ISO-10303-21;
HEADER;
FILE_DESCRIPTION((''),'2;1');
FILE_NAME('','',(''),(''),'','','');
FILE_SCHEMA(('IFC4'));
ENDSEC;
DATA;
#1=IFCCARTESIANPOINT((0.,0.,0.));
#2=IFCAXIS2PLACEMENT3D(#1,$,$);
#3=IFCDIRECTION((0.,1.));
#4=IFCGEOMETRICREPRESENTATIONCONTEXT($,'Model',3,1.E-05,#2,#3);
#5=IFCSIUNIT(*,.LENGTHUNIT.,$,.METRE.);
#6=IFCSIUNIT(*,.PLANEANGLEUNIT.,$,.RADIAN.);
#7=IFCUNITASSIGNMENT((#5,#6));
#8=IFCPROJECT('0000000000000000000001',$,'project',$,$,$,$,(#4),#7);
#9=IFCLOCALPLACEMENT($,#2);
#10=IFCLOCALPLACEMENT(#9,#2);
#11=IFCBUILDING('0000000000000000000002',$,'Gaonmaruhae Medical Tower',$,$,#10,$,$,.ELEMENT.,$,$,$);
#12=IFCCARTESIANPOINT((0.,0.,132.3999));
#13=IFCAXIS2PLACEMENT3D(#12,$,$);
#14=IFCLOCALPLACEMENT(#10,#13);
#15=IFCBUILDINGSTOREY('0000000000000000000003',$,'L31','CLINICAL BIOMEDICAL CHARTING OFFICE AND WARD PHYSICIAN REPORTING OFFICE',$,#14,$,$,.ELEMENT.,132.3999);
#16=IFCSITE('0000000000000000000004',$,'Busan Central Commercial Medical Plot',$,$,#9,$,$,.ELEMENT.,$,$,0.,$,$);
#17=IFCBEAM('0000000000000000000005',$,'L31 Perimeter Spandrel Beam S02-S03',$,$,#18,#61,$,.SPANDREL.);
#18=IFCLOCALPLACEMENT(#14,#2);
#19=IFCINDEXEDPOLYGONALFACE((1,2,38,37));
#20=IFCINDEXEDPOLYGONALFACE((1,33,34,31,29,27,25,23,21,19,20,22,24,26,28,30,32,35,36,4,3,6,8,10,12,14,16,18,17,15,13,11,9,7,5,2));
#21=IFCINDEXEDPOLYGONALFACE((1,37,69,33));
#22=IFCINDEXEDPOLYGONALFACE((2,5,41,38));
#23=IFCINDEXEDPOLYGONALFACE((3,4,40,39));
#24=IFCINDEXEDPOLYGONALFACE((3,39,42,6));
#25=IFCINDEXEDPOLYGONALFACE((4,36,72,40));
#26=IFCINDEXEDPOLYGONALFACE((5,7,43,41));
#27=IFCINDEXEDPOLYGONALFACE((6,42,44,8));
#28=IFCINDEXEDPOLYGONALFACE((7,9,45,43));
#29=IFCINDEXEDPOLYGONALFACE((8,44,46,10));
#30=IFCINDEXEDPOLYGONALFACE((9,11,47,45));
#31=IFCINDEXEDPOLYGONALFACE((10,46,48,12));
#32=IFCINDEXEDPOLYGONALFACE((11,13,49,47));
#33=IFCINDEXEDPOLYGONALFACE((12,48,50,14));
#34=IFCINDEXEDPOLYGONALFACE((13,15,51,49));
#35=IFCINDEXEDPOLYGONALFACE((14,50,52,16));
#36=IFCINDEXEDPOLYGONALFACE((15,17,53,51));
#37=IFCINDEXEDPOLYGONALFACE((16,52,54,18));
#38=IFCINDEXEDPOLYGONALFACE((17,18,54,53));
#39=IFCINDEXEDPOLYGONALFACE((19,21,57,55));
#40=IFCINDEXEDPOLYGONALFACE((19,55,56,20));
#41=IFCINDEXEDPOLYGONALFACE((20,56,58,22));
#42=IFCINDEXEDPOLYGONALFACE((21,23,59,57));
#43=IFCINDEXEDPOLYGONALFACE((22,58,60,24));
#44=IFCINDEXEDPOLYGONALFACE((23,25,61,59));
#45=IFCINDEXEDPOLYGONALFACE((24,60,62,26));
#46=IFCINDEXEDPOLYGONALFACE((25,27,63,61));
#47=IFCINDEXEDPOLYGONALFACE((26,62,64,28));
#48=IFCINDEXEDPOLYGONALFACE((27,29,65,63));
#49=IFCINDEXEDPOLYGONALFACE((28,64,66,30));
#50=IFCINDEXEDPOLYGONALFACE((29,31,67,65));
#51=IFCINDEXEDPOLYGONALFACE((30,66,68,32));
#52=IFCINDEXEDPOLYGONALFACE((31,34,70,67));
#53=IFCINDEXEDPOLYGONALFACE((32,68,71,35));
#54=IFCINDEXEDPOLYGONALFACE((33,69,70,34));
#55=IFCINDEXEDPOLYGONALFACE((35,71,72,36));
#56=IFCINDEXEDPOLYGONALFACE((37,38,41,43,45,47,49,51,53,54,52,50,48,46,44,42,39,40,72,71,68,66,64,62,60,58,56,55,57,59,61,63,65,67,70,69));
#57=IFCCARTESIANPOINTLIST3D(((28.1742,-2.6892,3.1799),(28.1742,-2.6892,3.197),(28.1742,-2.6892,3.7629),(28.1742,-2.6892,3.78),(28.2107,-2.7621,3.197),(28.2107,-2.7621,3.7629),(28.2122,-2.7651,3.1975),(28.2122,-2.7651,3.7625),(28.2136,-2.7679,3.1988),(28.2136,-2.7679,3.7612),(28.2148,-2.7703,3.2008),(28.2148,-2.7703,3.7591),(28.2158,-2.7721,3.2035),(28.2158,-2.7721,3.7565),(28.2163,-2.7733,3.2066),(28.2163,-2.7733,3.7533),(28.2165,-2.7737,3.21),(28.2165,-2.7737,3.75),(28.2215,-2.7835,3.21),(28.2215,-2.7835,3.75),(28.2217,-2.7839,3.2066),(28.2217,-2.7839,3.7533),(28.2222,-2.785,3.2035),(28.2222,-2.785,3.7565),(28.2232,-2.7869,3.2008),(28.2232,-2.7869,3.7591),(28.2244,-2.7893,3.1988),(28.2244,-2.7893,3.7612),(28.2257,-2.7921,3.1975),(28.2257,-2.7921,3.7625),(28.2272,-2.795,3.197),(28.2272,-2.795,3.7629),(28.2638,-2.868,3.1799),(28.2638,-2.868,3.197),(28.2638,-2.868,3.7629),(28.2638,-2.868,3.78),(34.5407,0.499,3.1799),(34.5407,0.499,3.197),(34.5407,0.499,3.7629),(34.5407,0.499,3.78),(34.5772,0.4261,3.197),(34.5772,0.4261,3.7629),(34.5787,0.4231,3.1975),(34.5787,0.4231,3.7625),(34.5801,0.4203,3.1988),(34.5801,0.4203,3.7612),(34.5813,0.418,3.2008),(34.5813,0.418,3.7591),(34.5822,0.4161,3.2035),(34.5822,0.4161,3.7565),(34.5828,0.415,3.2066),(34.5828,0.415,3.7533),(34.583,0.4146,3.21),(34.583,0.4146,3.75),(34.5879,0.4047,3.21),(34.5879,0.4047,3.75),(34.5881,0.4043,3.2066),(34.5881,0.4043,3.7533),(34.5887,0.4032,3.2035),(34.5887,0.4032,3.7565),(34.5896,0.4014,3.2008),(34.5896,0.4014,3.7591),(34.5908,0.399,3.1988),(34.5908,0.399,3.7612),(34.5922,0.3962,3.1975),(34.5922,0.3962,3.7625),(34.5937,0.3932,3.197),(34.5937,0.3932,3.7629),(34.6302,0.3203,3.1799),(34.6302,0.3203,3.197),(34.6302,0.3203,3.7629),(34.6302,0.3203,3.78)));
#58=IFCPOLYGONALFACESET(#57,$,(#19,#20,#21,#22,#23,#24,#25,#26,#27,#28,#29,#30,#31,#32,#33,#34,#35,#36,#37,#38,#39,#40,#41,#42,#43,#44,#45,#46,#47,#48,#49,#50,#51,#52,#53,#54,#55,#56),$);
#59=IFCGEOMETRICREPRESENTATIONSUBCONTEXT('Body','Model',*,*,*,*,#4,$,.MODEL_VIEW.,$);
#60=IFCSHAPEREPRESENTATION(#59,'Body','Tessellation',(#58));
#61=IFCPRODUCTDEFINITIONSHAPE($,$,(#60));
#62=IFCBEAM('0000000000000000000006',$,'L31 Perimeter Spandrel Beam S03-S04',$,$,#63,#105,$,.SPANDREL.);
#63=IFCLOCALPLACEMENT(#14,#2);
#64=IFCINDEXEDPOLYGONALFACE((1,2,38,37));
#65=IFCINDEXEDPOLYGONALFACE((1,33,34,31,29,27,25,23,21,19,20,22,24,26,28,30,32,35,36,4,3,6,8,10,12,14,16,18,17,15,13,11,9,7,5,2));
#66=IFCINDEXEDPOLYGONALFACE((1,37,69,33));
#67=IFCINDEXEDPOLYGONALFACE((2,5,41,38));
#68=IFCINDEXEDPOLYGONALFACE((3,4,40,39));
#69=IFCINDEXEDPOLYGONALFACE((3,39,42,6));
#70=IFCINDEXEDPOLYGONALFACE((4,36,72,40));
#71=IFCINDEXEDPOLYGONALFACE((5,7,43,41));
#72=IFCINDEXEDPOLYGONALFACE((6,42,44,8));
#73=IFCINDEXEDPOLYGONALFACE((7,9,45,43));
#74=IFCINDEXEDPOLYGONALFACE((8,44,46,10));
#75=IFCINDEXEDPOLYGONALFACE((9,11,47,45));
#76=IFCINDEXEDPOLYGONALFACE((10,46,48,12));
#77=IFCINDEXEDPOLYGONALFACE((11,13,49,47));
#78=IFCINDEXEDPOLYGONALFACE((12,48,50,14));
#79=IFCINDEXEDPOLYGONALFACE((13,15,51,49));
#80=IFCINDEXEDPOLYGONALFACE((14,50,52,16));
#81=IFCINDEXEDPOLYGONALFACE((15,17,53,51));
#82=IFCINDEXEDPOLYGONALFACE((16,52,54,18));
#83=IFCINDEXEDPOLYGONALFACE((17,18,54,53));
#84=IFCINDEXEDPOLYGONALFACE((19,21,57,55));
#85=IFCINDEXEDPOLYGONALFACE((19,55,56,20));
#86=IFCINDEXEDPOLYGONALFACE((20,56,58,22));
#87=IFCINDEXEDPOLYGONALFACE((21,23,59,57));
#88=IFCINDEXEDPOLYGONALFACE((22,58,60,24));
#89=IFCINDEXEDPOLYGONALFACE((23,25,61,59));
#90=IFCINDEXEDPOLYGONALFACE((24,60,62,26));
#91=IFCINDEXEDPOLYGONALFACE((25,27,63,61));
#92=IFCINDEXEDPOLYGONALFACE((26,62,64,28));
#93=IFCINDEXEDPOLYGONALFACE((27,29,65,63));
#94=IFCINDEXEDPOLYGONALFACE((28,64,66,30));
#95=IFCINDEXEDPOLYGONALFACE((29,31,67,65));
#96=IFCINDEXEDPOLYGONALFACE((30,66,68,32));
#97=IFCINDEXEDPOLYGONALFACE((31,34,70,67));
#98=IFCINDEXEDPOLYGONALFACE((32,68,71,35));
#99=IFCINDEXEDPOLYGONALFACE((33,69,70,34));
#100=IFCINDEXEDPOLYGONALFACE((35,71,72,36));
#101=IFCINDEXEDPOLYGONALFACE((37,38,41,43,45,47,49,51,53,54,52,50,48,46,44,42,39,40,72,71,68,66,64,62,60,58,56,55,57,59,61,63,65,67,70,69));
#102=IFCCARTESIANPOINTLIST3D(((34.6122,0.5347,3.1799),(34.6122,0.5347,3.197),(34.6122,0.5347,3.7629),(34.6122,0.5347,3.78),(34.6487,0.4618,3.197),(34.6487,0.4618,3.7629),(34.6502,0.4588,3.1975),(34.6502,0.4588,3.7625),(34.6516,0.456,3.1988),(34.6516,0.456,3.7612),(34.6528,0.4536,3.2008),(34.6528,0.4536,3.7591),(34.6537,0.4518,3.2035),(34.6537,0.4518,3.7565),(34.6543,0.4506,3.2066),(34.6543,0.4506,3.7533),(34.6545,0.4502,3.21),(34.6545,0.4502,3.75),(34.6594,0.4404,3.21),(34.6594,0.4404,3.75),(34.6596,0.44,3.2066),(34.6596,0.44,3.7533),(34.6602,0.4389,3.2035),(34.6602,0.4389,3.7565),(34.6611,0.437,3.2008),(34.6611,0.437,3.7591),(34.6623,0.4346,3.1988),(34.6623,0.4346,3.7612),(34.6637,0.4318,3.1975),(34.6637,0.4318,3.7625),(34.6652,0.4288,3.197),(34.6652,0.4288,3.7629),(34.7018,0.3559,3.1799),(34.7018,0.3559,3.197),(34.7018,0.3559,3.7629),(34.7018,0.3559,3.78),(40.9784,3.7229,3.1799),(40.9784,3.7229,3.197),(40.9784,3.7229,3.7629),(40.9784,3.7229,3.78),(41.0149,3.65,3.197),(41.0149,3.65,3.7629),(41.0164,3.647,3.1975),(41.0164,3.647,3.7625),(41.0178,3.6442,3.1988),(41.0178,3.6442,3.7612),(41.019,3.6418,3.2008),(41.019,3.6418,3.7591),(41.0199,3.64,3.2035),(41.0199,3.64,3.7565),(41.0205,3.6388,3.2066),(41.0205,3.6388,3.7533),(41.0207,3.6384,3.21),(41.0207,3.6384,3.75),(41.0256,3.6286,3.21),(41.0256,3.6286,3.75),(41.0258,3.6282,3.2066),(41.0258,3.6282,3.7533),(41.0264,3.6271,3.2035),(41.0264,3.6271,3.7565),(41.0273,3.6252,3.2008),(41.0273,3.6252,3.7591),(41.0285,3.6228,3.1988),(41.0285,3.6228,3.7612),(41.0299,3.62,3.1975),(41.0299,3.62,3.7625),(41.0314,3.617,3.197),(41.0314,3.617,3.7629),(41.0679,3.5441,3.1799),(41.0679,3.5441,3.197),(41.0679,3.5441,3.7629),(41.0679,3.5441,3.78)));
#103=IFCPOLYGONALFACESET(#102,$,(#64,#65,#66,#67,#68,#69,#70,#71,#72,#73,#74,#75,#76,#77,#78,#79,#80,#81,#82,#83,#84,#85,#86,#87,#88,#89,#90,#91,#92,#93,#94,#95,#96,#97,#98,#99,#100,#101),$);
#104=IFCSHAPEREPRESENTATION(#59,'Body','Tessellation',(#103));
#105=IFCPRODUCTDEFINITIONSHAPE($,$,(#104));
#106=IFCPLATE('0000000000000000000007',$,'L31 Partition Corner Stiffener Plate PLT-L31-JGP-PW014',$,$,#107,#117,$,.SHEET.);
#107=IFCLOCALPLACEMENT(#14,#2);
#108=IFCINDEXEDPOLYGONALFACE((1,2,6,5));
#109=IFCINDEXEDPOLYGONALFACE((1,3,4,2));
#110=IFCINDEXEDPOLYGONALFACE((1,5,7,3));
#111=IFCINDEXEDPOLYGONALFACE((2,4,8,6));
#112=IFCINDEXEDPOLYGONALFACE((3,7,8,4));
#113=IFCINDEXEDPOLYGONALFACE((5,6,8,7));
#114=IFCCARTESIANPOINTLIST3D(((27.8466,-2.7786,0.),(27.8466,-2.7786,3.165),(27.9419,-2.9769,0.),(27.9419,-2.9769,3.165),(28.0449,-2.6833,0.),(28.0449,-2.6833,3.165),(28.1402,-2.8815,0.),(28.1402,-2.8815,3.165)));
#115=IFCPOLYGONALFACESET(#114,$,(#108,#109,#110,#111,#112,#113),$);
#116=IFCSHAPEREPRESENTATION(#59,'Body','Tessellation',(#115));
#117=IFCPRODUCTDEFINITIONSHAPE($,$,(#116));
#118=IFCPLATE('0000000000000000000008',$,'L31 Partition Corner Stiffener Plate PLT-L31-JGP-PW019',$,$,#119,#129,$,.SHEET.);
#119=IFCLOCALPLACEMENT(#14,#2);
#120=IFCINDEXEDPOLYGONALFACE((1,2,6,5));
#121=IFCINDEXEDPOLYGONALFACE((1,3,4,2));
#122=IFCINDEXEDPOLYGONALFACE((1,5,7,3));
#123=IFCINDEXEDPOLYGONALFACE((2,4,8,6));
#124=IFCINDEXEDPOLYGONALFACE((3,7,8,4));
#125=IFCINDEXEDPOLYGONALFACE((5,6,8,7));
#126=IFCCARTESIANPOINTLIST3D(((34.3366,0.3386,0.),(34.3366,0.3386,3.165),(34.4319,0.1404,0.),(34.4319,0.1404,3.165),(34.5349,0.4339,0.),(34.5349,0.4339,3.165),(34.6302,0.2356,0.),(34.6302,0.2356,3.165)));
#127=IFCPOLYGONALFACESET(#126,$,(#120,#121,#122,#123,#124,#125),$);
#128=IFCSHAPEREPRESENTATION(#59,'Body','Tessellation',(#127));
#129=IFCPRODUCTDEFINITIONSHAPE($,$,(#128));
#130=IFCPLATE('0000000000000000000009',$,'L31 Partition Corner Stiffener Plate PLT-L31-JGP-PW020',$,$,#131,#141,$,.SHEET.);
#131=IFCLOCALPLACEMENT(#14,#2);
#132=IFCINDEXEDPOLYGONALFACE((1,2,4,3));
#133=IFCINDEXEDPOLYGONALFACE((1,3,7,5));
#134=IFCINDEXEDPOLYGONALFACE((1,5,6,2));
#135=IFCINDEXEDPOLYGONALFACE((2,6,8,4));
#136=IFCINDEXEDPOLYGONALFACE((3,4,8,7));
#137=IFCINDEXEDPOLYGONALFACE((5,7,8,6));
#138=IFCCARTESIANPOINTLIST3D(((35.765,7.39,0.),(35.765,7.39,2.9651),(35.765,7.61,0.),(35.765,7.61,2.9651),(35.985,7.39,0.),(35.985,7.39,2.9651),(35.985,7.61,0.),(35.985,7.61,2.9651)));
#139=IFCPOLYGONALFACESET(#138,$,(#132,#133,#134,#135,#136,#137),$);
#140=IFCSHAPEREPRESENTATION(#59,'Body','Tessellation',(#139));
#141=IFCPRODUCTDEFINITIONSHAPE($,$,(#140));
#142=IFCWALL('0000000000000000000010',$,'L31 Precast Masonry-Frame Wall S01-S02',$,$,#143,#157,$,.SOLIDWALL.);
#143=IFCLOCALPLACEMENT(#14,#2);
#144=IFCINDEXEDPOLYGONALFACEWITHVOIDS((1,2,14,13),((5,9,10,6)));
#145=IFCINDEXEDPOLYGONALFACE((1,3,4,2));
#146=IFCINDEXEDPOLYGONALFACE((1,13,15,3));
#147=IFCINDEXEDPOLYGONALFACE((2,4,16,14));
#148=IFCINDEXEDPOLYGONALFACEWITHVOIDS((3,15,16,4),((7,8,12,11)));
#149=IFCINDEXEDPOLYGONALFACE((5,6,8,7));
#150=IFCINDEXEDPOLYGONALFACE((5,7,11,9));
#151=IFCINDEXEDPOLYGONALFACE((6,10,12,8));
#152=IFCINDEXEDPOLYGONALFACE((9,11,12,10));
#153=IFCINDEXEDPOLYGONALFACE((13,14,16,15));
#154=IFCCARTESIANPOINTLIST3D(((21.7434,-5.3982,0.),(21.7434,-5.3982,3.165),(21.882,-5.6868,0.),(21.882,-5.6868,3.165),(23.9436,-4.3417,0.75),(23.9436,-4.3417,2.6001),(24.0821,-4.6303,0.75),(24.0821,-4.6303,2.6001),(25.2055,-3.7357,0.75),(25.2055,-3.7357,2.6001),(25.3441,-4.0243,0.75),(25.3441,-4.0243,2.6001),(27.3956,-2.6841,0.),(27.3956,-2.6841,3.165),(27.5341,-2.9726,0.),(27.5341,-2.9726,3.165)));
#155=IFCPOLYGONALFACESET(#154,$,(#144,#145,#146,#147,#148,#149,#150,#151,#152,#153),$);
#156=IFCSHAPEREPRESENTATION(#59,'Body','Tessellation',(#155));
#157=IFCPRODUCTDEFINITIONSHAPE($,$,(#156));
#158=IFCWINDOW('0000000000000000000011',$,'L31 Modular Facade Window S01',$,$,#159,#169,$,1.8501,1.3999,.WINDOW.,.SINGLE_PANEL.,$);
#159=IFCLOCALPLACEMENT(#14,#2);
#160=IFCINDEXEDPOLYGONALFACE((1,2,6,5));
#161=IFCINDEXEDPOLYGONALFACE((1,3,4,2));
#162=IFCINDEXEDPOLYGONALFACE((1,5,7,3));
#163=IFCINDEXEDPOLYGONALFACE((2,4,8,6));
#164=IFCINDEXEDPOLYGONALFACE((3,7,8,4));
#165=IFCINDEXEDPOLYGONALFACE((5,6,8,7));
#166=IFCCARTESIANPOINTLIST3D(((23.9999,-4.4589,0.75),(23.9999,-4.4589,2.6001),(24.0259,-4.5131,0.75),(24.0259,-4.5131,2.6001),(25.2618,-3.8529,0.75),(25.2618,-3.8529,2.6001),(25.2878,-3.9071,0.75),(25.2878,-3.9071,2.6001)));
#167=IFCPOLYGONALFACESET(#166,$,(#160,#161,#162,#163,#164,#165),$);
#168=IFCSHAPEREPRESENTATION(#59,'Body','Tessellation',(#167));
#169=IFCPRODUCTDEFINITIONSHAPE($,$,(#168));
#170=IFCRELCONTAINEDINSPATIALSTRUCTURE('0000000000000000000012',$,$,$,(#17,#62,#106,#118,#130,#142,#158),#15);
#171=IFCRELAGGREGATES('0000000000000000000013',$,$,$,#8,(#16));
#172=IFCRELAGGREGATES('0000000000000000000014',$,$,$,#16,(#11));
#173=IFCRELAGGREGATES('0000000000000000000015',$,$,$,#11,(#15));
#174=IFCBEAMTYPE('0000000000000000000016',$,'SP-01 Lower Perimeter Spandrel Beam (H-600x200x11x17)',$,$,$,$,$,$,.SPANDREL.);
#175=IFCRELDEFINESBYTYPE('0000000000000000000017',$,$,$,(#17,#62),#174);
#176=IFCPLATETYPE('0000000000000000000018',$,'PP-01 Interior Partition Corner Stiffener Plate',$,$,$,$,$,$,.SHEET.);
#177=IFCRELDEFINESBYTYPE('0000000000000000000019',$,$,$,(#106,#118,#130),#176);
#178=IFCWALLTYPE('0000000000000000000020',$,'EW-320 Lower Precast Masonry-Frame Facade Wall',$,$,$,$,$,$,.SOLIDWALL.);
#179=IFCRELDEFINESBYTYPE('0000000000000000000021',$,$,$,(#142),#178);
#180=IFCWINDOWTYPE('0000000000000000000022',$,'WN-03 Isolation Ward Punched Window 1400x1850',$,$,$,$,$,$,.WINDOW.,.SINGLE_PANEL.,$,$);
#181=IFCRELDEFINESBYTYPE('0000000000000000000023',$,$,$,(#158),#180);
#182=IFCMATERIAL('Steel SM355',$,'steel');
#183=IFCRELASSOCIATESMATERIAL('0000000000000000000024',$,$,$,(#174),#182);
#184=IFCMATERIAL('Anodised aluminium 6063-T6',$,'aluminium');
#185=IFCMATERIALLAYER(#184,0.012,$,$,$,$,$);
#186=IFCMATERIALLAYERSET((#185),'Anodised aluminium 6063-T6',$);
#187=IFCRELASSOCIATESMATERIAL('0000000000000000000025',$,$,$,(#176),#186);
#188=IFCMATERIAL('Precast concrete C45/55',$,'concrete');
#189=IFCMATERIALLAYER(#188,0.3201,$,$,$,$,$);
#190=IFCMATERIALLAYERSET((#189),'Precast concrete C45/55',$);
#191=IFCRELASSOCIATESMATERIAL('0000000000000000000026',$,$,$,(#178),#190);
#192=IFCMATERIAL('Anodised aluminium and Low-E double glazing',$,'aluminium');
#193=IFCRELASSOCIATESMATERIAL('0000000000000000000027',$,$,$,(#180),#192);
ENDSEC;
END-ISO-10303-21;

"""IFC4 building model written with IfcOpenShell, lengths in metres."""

from ifc_helpers import new_model, si_unit, direction, frame, frame_2d, origin, origin_2d, place, context, subcontext, project, spatial, rectangle, i_section, extrude, material, layer, layer_set, material_profile, profile_set, type_object, element, fill, save


model = new_model("IFC4")

# Units and contexts
model_context = context("Model", 3, precision=1e-05, world=origin(), true_north=direction((0.0, 1.0)))
body_context = subcontext(model_context, "Body", "Model", "MODEL_VIEW")
ifc_project = project(units=[si_unit("LENGTHUNIT", "METRE"), si_unit("PLANEANGLEUNIT", "RADIAN")], contexts=[model_context])

# Site, building, storey
site_placement = place(None, origin())
site = spatial("IfcSite", under=ifc_project, at=site_placement, Name="Busan Central Commercial Medical Plot", CompositionType="ELEMENT", RefElevation=0.0)
building_placement = place(site_placement, origin())
building = spatial("IfcBuilding", under=site, at=building_placement, Name="Gaonmaruhae Medical Tower", CompositionType="ELEMENT")
storey_placement = place(building_placement, frame((0.0, 0.0, 132.3999)))
storey = spatial("IfcBuildingStorey", under=building, at=storey_placement, Name="L31", Description="CLINICAL BIOMEDICAL CHARTING OFFICE AND WARD PHYSICIAN REPORTING OFFICE", CompositionType="ELEMENT", Elevation=132.3999)

# Beams
ifc_material_1 = material(Name="Steel SM355", Category="steel")
ifc_material_profile_1 = material_profile(ifc_material_1, i_section(OverallWidth=0.2, OverallDepth=0.6001, WebThickness=0.011, FlangeThickness=0.0171, FilletRadius=0.0129, at=origin_2d()), Name="H-600x200x11x17")
ifc_profile_set_1 = profile_set([ifc_material_profile_1], Name="Steel SM355")
beam_type_1 = type_object("IfcBeamType", Name="SP-01 Lower Perimeter Spandrel Beam (H-600x200x11x17)", PredefinedType="SPANDREL", material=ifc_profile_set_1)
beam_1_placement = place(storey_placement, frame((28.219, -2.7786, 3.48), z_axis=(0.894146, 0.447776, 0.0), x_axis=(-0.447776, 0.894146, 0.0)))
element("IfcBeam", 1, at=beam_1_placement, inside=storey, type_object=beam_type_1, Name="L31 Perimeter Spandrel Beam S02-S03", PredefinedType="SPANDREL", context=body_context, shape_type="SweptSolid", body=[
    extrude(i_section(OverallWidth=0.2, OverallDepth=0.6001, WebThickness=0.011, FlangeThickness=0.0171, FilletRadius=0.0129, at=origin_2d()), origin(), (0.0, 0.0, 1.0), 7.1201),
])
beam_2_placement = place(storey_placement, frame((34.657, 0.4453, 3.48), z_axis=(0.894139, 0.44779, 0.0), x_axis=(-0.44779, 0.894139, 0.0)))
element("IfcBeam", 2, at=beam_2_placement, inside=storey, type_object=beam_type_1, Name="L31 Perimeter Spandrel Beam S03-S04", PredefinedType="SPANDREL", context=body_context, shape_type="SweptSolid", body=[
    extrude(i_section(OverallWidth=0.2, OverallDepth=0.6001, WebThickness=0.011, FlangeThickness=0.0171, FilletRadius=0.0129, at=origin_2d()), origin(), (0.0, 0.0, 1.0), 7.1199),
])

# Plates
ifc_material_2 = material(Name="Anodised aluminium 6063-T6", Category="aluminium")
ifc_layer_1 = layer(ifc_material_2, 0.012)
ifc_layer_set_1 = layer_set([ifc_layer_1], Name="Anodised aluminium 6063-T6")
plate_type = type_object("IfcPlateType", Name="PP-01 Interior Partition Corner Stiffener Plate", PredefinedType="SHEET", material=ifc_layer_set_1)
for number, where, z_axis, x_axis, name in (
    (3, (27.9934, -2.8301, 0.0), (0.0, 0.0, 1.0), (-0.901259, -0.433282, 0.0), "L31 Partition Corner Stiffener Plate PLT-L31-JGP-PW014"),
    (4, (34.4834, 0.2871, 0.0), (0.0, 0.0, 1.0), (-0.901463, -0.432857, 0.0), "L31 Partition Corner Stiffener Plate PLT-L31-JGP-PW019"),
):
    element("IfcPlate", number, at=place(storey_placement, frame(where, z_axis=z_axis, x_axis=x_axis)), inside=storey, type_object=plate_type, Name=name, PredefinedType="SHEET", context=body_context, shape_type="SweptSolid", body=[
        extrude(rectangle(XDim=0.22, YDim=0.22, at=origin_2d()), origin(), (0.0, 0.0, 1.0), 3.165),
    ])
plate_placement = place(storey_placement, frame((35.875, 7.5, 0.0), z_axis=(0.0, 0.0, 1.0), x_axis=(1.0, 0.0, 0.0)))
element("IfcPlate", 5, at=plate_placement, inside=storey, type_object=plate_type, Name="L31 Partition Corner Stiffener Plate PLT-L31-JGP-PW020", PredefinedType="SHEET", context=body_context, shape_type="SweptSolid", body=[
    extrude(rectangle(XDim=0.22, YDim=0.22, at=origin_2d()), origin(), (0.0, 0.0, 1.0), 2.9651),
])

# Wall, opening, window
ifc_material_3 = material(Name="Precast concrete C45/55", Category="concrete")
ifc_layer_2 = layer(ifc_material_3, 0.3201)
ifc_layer_set_2 = layer_set([ifc_layer_2], Name="Precast concrete C45/55")
wall_type_1 = type_object("IfcWallType", Name="EW-320 Lower Precast Masonry-Frame Facade Wall", PredefinedType="SOLIDWALL", material=ifc_layer_set_2)
wall_1_placement = place(storey_placement, frame((27.4648, -2.8284, 0.0), z_axis=(0.0, 0.0, 1.0), x_axis=(-0.901454, -0.432874, 0.0)))
wall_1 = element("IfcWall", 6, at=wall_1_placement, inside=storey, type_object=wall_type_1, Name="L31 Precast Masonry-Frame Wall S01-S02", PredefinedType="SOLIDWALL", context=body_context, shape_type="SweptSolid", body=[
    extrude(rectangle(XDim=6.27, YDim=0.3201, at=frame_2d((3.135, 0.0))), origin(), (0.0, 0.0, 1.0), 3.165),
])
opening_1_placement = place(wall_1_placement, frame((2.4294, 0.0, 0.75)))
opening_1 = element("IfcOpeningElement", 7, at=opening_1_placement, cuts=wall_1, PredefinedType="OPENING", context=body_context, shape_type="SweptSolid", body=[
    extrude(rectangle(XDim=1.3999, YDim=1.8501, at=frame_2d((0.7, 0.925))), frame((0.0, 0.1699, 0.0), z_axis=(0.0, -1.0, 0.0), x_axis=(1.0, 0.0, 0.0)), (0.0, 0.0, 1.0), 0.3401),
])
ifc_material_4 = material(Name="Anodised aluminium and Low-E double glazing", Category="aluminium")
window_type_1 = type_object("IfcWindowType", Name="WN-03 Isolation Ward Punched Window 1400x1850", PartitioningType="SINGLE_PANEL", PredefinedType="WINDOW", material=ifc_material_4)
window_1_placement = place(opening_1_placement, origin())
window_1 = element("IfcWindow", 8, at=window_1_placement, inside=storey, type_object=window_type_1, Name="L31 Modular Facade Window S01", OverallHeight=1.8501, OverallWidth=1.3999, PartitioningType="SINGLE_PANEL", PredefinedType="WINDOW", context=body_context, shape_type="SweptSolid", body=[
    extrude(rectangle(XDim=1.3999, YDim=1.8501, at=frame_2d((0.7, 0.925))), frame((0.0, 0.03, 0.0), z_axis=(0.0, -1.0, 0.0), x_axis=(1.0, 0.0, 0.0)), (0.0, 0.0, 1.0), 0.0601),
])
fill(opening_1, window_1)

save(model, "model.ifc")
